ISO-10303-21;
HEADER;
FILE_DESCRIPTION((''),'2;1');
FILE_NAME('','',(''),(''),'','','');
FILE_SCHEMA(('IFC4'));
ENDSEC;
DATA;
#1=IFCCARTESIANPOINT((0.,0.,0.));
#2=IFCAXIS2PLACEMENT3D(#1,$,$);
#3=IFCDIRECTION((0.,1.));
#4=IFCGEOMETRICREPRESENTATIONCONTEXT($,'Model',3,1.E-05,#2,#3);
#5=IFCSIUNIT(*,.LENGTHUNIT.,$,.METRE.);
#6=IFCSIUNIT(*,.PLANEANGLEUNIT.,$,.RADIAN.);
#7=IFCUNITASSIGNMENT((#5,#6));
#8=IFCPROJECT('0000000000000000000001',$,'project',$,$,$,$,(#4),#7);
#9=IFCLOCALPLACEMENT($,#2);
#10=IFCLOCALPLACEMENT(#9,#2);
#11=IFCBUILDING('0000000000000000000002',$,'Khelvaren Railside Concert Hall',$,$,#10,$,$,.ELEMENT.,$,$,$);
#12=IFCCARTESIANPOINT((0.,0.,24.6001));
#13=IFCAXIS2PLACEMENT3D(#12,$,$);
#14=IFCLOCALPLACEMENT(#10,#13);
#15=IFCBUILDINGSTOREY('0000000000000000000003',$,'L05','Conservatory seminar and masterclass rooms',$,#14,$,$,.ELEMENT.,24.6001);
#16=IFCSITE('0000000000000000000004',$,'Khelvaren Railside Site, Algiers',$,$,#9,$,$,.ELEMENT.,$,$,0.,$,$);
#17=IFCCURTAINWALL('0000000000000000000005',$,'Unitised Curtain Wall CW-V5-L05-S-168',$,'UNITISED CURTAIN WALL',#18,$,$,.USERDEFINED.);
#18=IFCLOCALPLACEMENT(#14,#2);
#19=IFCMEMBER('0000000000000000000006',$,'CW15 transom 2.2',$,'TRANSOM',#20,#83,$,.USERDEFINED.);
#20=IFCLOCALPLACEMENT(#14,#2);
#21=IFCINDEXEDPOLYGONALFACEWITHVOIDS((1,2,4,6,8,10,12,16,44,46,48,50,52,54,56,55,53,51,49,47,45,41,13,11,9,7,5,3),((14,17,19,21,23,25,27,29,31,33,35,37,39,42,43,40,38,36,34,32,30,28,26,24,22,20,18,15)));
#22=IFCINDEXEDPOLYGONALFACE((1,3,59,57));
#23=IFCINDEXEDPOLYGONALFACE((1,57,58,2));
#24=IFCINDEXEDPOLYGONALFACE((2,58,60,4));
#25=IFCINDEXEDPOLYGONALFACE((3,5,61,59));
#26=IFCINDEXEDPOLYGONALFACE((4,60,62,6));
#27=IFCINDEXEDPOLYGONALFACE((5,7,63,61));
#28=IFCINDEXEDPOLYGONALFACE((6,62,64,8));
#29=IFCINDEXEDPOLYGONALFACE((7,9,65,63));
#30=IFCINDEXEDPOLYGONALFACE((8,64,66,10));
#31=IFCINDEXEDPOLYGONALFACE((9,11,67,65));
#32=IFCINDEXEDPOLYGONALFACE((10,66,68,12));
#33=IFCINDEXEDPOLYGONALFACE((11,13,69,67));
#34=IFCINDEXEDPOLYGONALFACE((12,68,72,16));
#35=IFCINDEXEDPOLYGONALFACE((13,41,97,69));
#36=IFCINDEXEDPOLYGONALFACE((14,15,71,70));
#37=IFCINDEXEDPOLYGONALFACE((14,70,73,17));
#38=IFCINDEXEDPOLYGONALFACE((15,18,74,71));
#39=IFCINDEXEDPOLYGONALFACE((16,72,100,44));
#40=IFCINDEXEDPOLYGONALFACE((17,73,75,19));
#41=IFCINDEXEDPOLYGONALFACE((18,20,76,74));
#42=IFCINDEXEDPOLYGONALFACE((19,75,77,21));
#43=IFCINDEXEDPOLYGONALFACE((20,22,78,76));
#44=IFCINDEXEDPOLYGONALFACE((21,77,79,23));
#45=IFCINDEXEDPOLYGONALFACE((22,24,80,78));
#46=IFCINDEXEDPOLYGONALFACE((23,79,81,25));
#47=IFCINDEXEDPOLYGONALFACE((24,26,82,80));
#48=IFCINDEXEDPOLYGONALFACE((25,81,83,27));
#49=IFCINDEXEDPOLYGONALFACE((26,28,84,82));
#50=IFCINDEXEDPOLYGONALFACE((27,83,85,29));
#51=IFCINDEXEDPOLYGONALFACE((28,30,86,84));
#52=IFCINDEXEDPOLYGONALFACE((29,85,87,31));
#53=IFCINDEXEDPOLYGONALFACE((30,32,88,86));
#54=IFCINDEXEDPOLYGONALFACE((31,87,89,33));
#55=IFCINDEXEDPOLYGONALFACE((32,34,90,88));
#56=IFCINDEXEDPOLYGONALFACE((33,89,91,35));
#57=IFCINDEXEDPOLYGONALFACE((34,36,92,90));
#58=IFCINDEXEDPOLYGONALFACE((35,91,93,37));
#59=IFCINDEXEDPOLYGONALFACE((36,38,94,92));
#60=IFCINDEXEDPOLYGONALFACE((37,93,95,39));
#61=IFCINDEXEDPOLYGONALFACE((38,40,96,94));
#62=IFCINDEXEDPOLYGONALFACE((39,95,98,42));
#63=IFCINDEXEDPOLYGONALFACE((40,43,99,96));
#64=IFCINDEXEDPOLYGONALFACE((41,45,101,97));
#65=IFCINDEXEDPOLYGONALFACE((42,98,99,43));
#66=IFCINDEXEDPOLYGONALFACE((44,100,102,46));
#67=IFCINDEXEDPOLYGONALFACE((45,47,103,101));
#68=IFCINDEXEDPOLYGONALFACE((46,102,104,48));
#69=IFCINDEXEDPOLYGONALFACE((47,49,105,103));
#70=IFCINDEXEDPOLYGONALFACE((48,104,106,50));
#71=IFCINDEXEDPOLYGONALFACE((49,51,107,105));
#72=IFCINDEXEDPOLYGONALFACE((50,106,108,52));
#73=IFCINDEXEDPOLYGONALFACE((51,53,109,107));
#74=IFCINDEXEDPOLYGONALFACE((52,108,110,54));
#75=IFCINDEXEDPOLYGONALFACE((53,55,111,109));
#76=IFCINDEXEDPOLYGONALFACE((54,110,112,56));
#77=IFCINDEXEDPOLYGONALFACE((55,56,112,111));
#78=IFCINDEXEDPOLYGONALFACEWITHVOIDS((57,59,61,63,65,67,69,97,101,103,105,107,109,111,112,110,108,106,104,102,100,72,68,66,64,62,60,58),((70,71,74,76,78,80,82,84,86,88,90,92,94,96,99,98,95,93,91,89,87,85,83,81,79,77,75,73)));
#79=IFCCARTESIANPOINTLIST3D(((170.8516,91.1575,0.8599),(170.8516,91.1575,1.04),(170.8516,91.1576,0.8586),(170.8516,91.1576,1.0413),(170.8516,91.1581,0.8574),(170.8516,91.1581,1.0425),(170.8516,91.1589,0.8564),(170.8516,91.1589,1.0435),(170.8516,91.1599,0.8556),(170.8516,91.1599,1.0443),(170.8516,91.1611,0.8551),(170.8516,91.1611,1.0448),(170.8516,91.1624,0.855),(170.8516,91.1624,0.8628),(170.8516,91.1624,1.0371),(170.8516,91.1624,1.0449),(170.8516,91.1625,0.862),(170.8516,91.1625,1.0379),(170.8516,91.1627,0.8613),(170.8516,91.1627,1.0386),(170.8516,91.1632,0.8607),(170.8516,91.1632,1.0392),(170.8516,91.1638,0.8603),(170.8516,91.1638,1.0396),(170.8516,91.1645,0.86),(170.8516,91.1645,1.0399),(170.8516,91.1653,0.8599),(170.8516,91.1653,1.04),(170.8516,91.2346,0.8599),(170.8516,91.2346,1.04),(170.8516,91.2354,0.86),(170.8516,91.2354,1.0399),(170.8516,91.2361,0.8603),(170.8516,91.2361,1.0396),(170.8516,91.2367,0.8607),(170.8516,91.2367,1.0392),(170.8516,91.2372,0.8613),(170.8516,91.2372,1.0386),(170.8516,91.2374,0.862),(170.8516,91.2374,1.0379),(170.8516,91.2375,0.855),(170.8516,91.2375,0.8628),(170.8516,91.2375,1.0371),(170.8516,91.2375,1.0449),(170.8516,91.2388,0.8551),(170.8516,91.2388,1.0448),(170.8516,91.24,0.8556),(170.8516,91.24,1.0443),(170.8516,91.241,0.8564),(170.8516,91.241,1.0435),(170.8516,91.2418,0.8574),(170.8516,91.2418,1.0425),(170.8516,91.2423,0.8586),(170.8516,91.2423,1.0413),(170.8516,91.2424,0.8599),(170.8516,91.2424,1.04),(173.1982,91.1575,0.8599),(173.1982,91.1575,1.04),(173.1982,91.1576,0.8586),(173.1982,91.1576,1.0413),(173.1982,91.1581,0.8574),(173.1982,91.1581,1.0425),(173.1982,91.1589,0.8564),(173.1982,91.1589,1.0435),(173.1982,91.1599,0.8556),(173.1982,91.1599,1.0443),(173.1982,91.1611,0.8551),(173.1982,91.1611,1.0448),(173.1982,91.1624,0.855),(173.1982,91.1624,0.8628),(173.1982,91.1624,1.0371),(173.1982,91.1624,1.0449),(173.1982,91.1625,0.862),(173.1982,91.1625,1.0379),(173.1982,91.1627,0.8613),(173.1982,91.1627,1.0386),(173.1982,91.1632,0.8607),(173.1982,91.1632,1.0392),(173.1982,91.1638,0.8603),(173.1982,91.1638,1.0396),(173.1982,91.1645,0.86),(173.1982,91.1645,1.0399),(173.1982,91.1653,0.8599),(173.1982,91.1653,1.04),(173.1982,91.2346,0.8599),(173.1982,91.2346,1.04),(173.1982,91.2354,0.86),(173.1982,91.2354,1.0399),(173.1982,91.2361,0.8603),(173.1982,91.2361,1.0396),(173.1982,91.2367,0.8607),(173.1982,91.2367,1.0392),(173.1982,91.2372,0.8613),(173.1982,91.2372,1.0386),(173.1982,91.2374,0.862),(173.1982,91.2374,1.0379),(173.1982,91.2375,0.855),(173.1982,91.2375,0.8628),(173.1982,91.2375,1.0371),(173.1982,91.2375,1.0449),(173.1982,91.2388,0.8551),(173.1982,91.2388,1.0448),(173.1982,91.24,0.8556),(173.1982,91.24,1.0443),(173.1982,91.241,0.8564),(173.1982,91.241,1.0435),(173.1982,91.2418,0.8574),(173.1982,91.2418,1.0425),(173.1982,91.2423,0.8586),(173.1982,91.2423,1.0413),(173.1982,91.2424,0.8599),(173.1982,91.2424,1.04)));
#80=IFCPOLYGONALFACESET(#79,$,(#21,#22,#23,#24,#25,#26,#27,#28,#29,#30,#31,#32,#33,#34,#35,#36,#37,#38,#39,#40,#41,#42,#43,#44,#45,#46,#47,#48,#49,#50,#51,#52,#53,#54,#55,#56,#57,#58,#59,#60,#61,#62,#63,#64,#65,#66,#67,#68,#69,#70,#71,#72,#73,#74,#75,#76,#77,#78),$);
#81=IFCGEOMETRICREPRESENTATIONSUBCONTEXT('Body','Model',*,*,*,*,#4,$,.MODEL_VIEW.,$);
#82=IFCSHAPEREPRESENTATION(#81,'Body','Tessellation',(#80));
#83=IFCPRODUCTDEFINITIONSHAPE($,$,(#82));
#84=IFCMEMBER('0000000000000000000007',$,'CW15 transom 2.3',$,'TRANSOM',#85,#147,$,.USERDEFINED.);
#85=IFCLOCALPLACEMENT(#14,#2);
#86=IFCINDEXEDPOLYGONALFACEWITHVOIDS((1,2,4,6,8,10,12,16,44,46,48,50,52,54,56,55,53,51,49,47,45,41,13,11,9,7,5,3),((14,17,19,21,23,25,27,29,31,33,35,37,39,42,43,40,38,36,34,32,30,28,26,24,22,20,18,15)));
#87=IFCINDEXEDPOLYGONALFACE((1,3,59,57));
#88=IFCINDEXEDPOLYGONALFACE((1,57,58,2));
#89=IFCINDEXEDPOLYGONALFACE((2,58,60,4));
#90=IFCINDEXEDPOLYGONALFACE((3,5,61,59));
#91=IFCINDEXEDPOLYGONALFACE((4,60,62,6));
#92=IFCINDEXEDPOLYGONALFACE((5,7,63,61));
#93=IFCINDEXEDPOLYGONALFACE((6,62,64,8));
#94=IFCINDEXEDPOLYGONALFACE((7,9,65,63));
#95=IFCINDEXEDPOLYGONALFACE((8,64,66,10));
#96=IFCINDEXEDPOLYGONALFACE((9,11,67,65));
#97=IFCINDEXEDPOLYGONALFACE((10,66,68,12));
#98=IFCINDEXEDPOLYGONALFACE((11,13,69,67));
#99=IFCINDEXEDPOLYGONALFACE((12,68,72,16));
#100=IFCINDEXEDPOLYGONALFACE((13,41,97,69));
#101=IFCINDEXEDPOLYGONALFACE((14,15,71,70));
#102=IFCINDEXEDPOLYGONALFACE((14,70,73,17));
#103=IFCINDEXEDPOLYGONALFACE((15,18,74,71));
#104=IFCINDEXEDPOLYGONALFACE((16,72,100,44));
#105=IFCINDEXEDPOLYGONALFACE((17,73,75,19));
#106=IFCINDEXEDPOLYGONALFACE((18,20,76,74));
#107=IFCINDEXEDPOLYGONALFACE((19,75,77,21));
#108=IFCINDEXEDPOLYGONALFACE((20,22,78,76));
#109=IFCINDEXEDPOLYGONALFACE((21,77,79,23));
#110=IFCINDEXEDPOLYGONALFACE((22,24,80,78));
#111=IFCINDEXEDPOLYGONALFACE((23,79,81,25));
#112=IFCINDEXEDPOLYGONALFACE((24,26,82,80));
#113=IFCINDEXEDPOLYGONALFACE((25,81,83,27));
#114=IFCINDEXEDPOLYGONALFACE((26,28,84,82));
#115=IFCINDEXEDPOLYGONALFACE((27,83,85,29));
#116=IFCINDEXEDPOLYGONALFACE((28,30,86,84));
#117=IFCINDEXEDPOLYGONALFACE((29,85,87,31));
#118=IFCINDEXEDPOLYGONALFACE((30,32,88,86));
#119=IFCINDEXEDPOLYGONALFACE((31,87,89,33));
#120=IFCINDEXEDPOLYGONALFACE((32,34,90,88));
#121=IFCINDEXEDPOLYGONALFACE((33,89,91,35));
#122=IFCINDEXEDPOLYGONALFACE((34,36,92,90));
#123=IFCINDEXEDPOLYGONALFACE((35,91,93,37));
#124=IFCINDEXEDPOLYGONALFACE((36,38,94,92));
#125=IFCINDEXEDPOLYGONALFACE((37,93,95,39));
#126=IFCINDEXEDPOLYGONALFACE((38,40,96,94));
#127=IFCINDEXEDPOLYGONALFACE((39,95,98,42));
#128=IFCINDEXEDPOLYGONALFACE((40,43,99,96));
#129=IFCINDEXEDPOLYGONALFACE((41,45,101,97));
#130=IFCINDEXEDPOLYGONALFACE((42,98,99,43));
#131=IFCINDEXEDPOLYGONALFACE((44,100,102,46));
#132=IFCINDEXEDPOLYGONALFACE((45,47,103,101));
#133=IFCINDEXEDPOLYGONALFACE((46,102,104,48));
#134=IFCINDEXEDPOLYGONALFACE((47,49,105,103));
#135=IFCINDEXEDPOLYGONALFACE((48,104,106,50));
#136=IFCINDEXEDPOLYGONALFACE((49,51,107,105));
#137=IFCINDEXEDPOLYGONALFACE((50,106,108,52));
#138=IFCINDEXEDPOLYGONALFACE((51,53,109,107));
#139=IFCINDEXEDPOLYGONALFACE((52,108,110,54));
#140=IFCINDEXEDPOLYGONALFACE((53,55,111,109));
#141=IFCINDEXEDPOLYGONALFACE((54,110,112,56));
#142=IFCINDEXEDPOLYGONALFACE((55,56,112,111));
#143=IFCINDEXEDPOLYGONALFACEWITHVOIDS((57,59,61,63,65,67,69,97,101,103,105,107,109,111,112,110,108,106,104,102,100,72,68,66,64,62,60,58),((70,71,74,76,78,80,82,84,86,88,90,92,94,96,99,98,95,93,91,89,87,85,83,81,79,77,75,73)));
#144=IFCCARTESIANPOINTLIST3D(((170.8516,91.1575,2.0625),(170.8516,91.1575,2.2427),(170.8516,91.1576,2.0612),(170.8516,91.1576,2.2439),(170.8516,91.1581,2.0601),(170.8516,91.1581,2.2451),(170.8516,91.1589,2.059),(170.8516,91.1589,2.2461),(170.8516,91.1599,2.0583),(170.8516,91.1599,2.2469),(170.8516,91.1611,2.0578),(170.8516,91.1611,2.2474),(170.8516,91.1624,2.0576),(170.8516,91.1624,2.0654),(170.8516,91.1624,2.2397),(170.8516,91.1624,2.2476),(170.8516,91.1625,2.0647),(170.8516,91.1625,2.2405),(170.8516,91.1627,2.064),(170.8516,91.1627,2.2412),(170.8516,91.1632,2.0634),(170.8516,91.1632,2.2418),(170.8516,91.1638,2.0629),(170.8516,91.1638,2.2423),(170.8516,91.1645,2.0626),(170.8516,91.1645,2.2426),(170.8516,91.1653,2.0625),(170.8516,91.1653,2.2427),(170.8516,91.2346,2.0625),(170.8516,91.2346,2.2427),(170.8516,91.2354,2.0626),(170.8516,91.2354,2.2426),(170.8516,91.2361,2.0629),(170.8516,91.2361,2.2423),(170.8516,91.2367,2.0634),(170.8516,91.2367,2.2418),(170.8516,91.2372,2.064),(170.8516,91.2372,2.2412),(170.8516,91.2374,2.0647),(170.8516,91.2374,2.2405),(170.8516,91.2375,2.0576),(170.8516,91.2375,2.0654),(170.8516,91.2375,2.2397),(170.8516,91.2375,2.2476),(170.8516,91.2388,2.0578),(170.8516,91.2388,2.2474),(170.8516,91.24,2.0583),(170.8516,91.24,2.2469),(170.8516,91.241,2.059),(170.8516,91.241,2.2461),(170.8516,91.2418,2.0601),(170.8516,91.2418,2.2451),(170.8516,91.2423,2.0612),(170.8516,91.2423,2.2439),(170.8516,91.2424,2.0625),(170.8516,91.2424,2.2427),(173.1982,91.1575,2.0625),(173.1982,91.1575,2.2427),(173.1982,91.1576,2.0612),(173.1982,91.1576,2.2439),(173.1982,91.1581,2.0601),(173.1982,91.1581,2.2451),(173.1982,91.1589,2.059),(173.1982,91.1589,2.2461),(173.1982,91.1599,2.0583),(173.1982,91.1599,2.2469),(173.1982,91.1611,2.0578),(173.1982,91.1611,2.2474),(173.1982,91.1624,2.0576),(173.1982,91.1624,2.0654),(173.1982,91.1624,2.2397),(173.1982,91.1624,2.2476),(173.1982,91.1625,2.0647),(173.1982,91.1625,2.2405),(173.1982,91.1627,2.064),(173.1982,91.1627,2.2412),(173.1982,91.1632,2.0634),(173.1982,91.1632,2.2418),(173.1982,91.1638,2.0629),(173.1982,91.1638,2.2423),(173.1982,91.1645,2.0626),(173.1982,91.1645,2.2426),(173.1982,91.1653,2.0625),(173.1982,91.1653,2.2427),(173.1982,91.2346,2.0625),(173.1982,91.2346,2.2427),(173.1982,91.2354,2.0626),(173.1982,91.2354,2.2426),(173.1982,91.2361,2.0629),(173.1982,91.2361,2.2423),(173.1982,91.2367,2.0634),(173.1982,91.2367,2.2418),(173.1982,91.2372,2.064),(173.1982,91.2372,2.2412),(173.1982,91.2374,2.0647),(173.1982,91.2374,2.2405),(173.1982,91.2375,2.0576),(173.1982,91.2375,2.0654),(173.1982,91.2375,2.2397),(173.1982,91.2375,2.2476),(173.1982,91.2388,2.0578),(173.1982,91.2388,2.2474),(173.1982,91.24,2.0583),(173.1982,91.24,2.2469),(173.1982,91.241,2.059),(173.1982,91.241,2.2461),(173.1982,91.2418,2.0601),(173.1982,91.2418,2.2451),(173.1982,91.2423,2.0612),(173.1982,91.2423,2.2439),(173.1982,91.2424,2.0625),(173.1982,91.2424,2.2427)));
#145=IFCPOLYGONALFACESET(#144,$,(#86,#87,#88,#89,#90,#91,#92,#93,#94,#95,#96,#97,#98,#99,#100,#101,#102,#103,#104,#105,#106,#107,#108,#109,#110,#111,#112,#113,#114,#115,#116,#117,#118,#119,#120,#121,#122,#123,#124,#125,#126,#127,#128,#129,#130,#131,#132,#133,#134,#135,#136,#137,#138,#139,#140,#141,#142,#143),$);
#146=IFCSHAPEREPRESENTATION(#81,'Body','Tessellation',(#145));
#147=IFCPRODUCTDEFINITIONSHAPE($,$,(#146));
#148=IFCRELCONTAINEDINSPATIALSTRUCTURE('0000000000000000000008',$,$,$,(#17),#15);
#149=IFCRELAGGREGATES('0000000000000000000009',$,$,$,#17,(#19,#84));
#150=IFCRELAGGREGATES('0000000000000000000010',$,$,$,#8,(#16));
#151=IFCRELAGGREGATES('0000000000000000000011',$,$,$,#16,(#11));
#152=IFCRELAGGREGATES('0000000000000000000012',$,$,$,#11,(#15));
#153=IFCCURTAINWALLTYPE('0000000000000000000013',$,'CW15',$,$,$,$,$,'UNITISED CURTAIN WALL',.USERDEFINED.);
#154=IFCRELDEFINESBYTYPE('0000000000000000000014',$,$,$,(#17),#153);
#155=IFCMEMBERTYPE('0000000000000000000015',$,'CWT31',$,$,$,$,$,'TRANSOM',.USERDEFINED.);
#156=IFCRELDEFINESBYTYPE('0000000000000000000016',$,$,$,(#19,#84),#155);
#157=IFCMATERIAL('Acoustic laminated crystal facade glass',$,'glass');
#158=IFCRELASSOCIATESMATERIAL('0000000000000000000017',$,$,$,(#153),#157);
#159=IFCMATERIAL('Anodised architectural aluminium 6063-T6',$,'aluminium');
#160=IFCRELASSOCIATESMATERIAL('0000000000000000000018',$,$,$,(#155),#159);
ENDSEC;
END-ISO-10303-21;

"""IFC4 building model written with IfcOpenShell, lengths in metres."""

from ifc_helpers import new_model, si_unit, direction, frame, origin, origin_2d, place, context, subcontext, project, spatial, hollow_rectangle, extrude, material, material_profile, profile_set, type_object, element, aggregate, save


model = new_model("IFC4")

# Units and contexts
model_context = context("Model", 3, precision=1e-05, world=origin(), true_north=direction((0.0, 1.0)))
body_context = subcontext(model_context, "Body", "Model", "MODEL_VIEW")
ifc_project = project(units=[si_unit("LENGTHUNIT", "METRE"), si_unit("PLANEANGLEUNIT", "RADIAN")], contexts=[model_context])

# Site, building, storey
site_placement = place(None, origin())
site = spatial("IfcSite", under=ifc_project, at=site_placement, Name="Khelvaren Railside Site, Algiers", CompositionType="ELEMENT", RefElevation=0.0)
building_placement = place(site_placement, origin())
building = spatial("IfcBuilding", under=site, at=building_placement, Name="Khelvaren Railside Concert Hall", CompositionType="ELEMENT")
storey_placement = place(building_placement, frame((0.0, 0.0, 24.6001)))
storey = spatial("IfcBuildingStorey", under=building, at=storey_placement, Name="L05", Description="Conservatory seminar and masterclass rooms", CompositionType="ELEMENT", Elevation=24.6001)

# Curtain wall, members
ifc_material_1 = material(Name="Acoustic laminated crystal facade glass", Category="glass")
curtain_wall_type = type_object("IfcCurtainWallType", Name="CW15", ElementType="UNITISED CURTAIN WALL", PredefinedType="USERDEFINED", material=ifc_material_1)
curtain_wall_placement = place(storey_placement, origin())
curtain_wall = element("IfcCurtainWall", 1, at=curtain_wall_placement, inside=storey, type_object=curtain_wall_type, Name="Unitised Curtain Wall CW-V5-L05-S-168", ObjectType="UNITISED CURTAIN WALL", PredefinedType="USERDEFINED")
ifc_material_2 = material(Name="Anodised architectural aluminium 6063-T6", Category="aluminium")
ifc_material_profile_1 = material_profile(ifc_material_2, hollow_rectangle(XDim=0.085, YDim=0.1899, WallThickness=0.0049, InnerFilletRadius=0.0029, OuterFilletRadius=0.0049, at=origin_2d()), Name="CWT 85x190x5")
ifc_profile_set_1 = profile_set([ifc_material_profile_1], Name="Anodised architectural aluminium 6063-T6")
member_type_1 = type_object("IfcMemberType", Name="CWT31", ElementType="TRANSOM", PredefinedType="USERDEFINED", material=ifc_profile_set_1)
member_1_placement = place(storey_placement, frame((173.1982, 91.2, 0.95), z_axis=(-1.0, 0.0, 0.0), x_axis=(0.0, -1.0, 0.0)))
member_1 = element("IfcMember", 2, at=member_1_placement, type_object=member_type_1, Name="CW15 transom 2.2", ObjectType="TRANSOM", PredefinedType="USERDEFINED", context=body_context, shape_type="SweptSolid", body=[
    extrude(hollow_rectangle(XDim=0.085, YDim=0.1899, WallThickness=0.0049, InnerFilletRadius=0.0029, OuterFilletRadius=0.0049, at=origin_2d()), origin(), (0.0, 0.0, 1.0), 2.3467),
])
member_2_placement = place(storey_placement, frame((173.1982, 91.2, 2.1526), z_axis=(-1.0, 0.0, 0.0), x_axis=(0.0, -1.0, 0.0)))
member_2 = element("IfcMember", 3, at=member_2_placement, type_object=member_type_1, Name="CW15 transom 2.3", ObjectType="TRANSOM", PredefinedType="USERDEFINED", context=body_context, shape_type="SweptSolid", body=[
    extrude(hollow_rectangle(XDim=0.085, YDim=0.1899, WallThickness=0.0049, InnerFilletRadius=0.0029, OuterFilletRadius=0.0049, at=origin_2d()), origin(), (0.0, 0.0, 1.0), 2.3467),
])

aggregate(curtain_wall, [member_1, member_2])

save(model, "model.ifc")
